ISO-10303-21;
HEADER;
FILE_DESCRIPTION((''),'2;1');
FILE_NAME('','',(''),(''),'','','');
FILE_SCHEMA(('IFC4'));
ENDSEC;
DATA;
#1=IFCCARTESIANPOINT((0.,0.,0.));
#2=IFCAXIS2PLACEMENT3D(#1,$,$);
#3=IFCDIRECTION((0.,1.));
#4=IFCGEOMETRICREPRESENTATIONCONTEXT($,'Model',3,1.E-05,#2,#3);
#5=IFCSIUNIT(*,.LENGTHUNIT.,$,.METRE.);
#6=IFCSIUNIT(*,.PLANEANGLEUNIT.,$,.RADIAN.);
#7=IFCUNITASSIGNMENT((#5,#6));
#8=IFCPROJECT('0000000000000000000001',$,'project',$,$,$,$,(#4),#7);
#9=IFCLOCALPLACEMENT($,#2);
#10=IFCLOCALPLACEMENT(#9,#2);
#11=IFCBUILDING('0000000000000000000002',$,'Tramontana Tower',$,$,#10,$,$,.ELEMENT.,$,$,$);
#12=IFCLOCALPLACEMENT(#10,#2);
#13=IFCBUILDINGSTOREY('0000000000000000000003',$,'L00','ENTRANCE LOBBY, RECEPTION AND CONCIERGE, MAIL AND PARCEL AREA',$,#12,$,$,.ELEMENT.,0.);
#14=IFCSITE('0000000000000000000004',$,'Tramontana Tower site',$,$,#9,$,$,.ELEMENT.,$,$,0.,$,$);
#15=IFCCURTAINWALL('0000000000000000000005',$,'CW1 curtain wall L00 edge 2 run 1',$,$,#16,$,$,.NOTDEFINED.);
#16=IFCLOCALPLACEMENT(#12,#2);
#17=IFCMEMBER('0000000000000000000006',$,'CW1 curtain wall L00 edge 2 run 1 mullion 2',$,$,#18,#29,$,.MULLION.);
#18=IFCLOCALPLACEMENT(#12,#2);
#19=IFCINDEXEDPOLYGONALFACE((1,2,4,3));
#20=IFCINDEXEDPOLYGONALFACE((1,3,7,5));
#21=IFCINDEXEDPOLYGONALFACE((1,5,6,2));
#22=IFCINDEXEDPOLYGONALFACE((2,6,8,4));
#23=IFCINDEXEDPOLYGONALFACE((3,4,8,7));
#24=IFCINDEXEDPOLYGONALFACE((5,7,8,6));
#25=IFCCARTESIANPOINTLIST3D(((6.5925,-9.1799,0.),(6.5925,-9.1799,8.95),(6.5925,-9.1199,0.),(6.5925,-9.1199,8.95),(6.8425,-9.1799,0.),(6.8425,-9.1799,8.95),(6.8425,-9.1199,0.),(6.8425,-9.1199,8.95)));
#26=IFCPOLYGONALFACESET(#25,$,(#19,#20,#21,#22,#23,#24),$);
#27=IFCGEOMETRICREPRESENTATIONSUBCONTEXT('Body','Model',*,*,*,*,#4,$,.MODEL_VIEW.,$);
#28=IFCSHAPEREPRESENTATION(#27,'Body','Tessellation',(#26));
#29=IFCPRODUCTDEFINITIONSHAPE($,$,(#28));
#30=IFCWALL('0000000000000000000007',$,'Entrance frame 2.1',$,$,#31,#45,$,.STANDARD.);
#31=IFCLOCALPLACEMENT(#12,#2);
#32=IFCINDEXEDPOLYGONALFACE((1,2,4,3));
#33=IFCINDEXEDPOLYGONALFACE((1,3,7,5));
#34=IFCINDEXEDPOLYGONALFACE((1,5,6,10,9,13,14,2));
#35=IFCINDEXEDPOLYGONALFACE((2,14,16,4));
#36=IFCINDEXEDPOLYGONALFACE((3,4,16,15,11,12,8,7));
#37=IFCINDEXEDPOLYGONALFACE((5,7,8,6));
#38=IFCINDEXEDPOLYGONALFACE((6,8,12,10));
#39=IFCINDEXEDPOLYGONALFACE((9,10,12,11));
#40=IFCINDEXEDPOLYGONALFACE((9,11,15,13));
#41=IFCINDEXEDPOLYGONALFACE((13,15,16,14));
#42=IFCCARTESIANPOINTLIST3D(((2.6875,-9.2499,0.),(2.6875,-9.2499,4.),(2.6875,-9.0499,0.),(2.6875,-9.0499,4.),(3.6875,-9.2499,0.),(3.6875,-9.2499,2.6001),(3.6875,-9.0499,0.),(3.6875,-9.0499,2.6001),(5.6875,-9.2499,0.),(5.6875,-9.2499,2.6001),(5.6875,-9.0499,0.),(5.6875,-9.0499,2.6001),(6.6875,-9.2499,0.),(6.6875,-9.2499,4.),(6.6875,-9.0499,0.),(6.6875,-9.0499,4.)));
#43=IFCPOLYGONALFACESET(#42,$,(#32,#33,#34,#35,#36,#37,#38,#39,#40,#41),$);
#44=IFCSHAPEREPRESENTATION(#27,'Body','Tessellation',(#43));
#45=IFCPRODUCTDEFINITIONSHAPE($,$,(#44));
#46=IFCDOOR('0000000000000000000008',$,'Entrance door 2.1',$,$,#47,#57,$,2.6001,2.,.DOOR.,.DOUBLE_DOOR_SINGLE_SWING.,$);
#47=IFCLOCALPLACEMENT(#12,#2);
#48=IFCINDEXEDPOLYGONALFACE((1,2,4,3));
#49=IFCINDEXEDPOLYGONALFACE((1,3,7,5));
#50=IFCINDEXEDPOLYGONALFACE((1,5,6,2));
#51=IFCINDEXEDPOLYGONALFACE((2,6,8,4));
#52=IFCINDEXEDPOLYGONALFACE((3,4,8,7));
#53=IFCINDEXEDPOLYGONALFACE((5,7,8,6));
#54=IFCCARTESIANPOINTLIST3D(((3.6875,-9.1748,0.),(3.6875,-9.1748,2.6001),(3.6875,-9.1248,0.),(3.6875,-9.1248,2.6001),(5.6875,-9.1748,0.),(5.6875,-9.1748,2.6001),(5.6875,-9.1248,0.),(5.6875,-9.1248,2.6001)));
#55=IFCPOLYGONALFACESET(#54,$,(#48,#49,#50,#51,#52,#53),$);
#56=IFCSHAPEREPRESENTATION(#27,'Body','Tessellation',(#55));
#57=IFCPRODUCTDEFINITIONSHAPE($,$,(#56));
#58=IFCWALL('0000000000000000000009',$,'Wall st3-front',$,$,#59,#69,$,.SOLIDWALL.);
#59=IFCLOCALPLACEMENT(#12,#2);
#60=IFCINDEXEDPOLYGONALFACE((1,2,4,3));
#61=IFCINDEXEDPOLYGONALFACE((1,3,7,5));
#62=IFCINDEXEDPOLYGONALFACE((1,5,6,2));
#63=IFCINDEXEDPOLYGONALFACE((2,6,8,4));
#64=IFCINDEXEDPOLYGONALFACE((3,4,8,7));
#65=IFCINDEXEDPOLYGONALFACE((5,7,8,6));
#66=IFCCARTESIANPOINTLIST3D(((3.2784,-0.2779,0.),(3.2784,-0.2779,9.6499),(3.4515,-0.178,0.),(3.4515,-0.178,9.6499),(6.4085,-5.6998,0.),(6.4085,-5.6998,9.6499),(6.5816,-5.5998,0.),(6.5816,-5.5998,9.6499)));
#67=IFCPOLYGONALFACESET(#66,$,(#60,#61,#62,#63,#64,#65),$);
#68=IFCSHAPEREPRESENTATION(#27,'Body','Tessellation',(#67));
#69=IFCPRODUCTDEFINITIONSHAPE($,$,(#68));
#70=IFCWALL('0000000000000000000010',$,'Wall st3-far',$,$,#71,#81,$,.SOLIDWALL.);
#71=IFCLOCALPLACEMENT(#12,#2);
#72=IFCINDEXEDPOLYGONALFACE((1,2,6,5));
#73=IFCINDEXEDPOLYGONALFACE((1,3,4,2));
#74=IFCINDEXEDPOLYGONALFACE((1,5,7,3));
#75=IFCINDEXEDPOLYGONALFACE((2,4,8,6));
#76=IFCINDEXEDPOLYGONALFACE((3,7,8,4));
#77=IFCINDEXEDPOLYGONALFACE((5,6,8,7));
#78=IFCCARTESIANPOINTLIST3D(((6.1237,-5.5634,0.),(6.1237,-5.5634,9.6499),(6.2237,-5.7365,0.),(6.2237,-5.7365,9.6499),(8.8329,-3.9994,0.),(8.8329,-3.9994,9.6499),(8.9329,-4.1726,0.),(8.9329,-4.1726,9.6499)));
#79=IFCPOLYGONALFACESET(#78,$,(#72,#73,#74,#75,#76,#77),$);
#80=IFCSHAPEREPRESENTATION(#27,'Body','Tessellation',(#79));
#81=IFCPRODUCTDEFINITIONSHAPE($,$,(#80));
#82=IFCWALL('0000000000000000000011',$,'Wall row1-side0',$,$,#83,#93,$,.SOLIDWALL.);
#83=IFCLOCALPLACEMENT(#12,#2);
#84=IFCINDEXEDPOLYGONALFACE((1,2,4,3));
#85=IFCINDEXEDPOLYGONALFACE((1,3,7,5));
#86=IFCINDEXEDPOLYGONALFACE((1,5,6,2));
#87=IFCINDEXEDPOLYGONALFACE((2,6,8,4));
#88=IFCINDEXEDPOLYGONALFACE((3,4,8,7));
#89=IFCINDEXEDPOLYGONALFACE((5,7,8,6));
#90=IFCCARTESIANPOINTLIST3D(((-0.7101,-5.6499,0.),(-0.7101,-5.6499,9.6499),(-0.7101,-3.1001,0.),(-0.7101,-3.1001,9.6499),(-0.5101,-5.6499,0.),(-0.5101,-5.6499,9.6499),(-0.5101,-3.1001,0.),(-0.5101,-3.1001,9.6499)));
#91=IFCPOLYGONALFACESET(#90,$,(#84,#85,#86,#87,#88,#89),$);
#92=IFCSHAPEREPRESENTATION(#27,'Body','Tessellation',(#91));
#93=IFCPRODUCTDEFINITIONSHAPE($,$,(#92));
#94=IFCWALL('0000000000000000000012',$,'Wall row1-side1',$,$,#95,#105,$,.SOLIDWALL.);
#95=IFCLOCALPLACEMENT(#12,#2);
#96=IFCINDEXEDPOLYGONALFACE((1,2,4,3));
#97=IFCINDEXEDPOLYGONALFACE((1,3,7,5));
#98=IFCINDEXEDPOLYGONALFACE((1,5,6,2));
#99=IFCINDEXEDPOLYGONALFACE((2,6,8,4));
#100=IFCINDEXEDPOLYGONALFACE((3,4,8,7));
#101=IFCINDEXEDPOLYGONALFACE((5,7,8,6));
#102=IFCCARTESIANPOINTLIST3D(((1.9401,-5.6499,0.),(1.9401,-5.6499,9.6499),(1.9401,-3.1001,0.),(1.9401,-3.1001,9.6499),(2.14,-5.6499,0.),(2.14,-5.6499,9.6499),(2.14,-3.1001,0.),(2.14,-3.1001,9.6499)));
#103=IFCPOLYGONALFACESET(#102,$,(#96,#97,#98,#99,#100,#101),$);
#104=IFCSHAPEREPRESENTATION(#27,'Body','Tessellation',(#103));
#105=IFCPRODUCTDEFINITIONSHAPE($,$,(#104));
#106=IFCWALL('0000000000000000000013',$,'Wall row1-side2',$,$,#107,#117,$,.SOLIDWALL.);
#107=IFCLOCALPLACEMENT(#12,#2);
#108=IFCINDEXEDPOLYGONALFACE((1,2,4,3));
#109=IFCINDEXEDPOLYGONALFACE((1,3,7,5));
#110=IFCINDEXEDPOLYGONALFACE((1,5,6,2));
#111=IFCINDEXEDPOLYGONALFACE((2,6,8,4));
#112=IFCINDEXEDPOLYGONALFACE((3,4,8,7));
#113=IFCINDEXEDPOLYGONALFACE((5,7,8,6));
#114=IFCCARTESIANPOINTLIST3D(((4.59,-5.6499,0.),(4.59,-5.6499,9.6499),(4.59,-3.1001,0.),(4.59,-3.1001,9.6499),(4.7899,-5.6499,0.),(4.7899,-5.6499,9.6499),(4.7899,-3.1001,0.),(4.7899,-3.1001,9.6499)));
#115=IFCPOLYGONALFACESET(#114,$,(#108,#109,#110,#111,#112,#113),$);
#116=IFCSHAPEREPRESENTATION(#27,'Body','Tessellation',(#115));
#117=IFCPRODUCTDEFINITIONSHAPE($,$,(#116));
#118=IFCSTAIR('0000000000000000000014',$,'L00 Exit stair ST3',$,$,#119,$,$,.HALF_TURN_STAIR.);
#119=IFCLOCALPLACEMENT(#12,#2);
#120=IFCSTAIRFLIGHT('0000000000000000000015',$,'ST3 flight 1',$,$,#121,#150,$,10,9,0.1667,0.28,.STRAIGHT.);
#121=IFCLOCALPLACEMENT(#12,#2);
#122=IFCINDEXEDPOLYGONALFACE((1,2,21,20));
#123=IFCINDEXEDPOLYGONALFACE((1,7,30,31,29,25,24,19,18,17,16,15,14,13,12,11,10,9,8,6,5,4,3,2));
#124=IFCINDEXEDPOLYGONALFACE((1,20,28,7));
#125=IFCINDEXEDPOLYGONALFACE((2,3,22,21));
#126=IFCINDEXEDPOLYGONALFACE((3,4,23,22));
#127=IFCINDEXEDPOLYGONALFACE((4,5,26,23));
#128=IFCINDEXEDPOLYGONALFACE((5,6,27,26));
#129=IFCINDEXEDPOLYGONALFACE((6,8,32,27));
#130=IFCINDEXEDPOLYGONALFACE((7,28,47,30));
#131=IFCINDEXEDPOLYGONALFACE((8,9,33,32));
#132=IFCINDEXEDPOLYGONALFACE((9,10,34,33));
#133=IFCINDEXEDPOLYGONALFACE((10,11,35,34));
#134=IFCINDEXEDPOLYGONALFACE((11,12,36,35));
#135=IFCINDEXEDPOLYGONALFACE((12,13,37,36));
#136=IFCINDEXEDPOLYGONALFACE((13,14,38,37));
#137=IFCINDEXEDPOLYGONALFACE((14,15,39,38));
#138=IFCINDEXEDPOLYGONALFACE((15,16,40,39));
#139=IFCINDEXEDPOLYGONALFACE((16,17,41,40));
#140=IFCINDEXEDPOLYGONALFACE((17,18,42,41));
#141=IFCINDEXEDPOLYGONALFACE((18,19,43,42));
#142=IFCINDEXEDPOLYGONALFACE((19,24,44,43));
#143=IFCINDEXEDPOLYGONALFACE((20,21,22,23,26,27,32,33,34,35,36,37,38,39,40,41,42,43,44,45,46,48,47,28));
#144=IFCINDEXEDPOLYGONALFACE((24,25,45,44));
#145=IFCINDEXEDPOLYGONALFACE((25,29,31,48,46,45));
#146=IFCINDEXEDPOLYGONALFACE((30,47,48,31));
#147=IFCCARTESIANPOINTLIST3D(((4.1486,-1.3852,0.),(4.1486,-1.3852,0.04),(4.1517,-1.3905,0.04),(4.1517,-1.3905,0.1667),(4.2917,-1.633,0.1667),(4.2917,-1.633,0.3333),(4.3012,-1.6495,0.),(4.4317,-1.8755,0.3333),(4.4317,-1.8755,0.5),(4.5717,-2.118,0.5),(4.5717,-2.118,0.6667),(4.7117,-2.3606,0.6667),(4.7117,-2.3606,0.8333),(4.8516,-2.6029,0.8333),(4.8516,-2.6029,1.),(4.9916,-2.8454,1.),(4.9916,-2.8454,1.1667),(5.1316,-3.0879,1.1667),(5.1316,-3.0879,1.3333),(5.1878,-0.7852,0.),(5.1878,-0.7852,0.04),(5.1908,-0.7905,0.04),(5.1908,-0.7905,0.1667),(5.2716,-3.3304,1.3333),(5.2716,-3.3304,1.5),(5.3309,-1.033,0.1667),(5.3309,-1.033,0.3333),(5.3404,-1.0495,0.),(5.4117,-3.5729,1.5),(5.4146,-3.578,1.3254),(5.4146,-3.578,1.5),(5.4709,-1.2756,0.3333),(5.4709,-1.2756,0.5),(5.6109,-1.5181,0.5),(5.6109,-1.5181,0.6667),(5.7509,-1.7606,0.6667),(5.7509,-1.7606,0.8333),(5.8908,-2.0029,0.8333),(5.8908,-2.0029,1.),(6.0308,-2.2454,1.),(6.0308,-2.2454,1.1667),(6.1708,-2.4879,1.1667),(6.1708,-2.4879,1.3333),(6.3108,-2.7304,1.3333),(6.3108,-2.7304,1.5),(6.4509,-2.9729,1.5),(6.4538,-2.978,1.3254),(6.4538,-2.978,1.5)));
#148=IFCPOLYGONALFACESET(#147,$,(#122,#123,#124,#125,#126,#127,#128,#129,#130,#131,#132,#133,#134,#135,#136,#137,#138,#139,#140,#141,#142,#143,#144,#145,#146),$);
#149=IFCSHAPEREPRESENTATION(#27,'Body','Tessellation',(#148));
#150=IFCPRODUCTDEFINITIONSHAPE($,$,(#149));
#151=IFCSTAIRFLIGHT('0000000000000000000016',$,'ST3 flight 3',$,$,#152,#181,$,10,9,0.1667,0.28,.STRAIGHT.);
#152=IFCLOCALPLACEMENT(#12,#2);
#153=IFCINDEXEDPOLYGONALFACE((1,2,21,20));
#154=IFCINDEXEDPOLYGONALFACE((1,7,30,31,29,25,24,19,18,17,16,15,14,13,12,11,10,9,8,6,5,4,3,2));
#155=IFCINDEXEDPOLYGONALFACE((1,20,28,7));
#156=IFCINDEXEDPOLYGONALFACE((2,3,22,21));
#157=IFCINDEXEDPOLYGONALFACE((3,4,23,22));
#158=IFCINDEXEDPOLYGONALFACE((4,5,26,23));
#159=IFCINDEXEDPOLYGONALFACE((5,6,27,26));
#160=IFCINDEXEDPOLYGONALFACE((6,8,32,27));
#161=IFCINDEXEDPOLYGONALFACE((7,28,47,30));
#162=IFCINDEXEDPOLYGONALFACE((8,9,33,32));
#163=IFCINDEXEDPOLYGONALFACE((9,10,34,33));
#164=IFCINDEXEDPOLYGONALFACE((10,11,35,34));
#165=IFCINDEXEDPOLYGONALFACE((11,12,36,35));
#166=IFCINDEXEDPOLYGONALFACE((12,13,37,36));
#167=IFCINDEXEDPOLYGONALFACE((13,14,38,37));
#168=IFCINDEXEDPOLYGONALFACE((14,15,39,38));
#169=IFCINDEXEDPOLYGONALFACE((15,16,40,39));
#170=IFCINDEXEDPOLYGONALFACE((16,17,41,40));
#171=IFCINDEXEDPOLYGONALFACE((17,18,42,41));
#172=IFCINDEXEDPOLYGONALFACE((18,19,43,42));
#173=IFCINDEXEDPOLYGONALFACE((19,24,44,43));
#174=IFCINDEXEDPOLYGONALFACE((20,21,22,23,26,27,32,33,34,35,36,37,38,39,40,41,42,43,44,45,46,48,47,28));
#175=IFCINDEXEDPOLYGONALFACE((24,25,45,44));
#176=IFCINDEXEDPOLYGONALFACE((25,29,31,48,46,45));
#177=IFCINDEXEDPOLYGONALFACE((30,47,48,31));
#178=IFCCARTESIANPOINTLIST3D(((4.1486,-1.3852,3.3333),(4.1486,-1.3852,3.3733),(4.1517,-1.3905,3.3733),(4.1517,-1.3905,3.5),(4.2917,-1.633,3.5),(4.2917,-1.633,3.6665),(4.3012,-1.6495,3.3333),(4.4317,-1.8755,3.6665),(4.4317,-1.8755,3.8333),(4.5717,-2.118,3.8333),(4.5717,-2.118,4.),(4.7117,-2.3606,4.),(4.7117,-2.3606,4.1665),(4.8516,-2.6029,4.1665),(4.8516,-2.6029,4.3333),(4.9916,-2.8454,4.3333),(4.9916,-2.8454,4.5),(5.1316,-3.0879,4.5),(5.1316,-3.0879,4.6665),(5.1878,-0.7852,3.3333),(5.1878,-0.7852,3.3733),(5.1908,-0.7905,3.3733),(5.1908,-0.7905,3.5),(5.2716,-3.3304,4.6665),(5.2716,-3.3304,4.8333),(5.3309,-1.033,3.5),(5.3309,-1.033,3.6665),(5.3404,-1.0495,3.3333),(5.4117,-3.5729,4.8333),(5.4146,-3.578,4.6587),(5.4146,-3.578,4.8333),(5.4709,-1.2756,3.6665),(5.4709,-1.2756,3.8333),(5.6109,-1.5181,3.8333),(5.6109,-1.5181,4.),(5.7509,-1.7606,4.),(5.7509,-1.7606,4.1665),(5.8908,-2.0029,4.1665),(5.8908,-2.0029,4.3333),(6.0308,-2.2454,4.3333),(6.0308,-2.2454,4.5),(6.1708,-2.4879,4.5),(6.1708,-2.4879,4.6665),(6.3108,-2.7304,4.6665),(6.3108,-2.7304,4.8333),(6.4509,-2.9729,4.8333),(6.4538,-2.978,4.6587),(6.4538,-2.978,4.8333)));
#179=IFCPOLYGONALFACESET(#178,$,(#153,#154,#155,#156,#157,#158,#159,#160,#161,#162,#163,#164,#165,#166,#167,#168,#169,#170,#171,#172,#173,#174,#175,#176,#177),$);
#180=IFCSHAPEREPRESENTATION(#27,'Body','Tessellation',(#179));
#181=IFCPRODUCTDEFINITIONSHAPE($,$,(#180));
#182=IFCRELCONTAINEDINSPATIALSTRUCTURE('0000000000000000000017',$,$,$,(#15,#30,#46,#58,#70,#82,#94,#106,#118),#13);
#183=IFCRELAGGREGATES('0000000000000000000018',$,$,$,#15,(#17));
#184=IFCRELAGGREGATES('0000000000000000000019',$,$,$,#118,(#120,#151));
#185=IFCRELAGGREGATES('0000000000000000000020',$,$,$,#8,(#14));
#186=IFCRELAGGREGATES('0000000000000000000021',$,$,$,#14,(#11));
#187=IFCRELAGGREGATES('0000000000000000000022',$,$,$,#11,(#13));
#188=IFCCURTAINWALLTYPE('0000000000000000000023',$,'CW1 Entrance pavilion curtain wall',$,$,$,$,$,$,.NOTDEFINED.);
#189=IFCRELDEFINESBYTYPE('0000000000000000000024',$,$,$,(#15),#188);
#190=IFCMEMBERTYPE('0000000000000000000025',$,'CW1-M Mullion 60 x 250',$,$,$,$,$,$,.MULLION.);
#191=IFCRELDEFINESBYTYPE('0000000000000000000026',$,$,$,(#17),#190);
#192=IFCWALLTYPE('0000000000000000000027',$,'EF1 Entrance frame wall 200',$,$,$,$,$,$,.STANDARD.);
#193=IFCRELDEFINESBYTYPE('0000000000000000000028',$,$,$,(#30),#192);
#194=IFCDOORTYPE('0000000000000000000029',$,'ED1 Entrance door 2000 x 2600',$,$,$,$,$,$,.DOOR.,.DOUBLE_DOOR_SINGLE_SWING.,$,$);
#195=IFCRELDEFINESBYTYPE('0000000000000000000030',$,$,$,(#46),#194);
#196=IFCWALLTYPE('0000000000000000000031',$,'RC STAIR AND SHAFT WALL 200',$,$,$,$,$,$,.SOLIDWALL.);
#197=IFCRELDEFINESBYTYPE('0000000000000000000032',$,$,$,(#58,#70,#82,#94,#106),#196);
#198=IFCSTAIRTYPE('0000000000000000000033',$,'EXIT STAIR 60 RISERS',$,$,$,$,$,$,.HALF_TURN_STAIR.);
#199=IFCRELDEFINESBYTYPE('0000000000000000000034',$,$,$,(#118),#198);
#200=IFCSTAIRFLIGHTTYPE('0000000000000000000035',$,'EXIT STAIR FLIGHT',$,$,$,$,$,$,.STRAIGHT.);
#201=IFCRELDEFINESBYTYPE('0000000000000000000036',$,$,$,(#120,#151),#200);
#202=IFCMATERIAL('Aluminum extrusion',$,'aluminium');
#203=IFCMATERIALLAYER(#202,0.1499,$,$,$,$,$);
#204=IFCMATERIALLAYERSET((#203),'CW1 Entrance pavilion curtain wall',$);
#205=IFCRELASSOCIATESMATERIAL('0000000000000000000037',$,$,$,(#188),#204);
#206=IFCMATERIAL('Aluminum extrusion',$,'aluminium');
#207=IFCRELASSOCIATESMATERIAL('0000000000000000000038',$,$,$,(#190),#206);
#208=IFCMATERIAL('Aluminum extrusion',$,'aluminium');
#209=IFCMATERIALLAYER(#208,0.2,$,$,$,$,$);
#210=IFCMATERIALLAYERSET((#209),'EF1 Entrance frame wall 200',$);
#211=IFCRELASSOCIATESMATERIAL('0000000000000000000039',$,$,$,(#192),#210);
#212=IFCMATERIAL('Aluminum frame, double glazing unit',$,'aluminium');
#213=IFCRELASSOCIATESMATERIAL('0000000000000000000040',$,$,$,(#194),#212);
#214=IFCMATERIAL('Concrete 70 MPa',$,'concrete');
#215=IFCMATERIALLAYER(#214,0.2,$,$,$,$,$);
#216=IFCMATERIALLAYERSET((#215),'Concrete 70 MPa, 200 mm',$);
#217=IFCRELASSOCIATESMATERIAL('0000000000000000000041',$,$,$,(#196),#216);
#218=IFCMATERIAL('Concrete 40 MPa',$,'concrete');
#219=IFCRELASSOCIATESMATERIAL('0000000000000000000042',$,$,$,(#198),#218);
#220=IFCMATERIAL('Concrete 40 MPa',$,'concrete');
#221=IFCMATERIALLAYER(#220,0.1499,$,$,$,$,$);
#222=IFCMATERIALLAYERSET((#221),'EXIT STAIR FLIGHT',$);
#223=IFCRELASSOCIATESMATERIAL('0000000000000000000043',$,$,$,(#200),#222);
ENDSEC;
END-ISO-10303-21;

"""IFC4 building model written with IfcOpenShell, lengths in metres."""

from ifc_helpers import new_model, si_unit, direction, frame, frame_2d, origin, origin_2d, place, context, subcontext, project, spatial, polyline, rectangle, outline, extrude, material, layer, layer_set, material_profile, profile_set, type_object, element, fill, aggregate, save


model = new_model("IFC4")

# Units and contexts
model_context = context("Model", 3, precision=1e-05, world=origin(), true_north=direction((0.0, 1.0)))
body_context = subcontext(model_context, "Body", "Model", "MODEL_VIEW")
ifc_project = project(units=[si_unit("LENGTHUNIT", "METRE"), si_unit("PLANEANGLEUNIT", "RADIAN")], contexts=[model_context])

# Site, building, storey
site_placement = place(None, origin())
site = spatial("IfcSite", under=ifc_project, at=site_placement, Name="Tramontana Tower site", CompositionType="ELEMENT", RefElevation=0.0)
building_placement = place(site_placement, origin())
building = spatial("IfcBuilding", under=site, at=building_placement, Name="Tramontana Tower", CompositionType="ELEMENT")
storey_placement = place(building_placement, origin())
storey = spatial("IfcBuildingStorey", under=building, at=storey_placement, Name="L00", Description="ENTRANCE LOBBY, RECEPTION AND CONCIERGE, MAIL AND PARCEL AREA", CompositionType="ELEMENT", Elevation=0.0)

# Curtain wall, member
ifc_material_1 = material(Name="Aluminum extrusion", Category="aluminium")
ifc_layer_1 = layer(ifc_material_1, 0.1499)
ifc_layer_set_1 = layer_set([ifc_layer_1], Name="CW1 Entrance pavilion curtain wall")
curtain_wall_type = type_object("IfcCurtainWallType", Name="CW1 Entrance pavilion curtain wall", PredefinedType="NOTDEFINED", material=ifc_layer_set_1)
curtain_wall_placement = place(storey_placement, origin())
curtain_wall = element("IfcCurtainWall", 1, at=curtain_wall_placement, inside=storey, type_object=curtain_wall_type, Name="CW1 curtain wall L00 edge 2 run 1", PredefinedType="NOTDEFINED")
ifc_material_2 = material(Name="Aluminum extrusion", Category="aluminium")
ifc_material_profile = material_profile(ifc_material_2, rectangle(XDim=0.0601, YDim=0.25, at=origin_2d()), Name="CW1-M Mullion 60 x 250")
ifc_profile_set = profile_set([ifc_material_profile], Name="Aluminum extrusion")
member_type = type_object("IfcMemberType", Name="CW1-M Mullion 60 x 250", PredefinedType="MULLION", material=ifc_profile_set)
member_placement = place(storey_placement, frame((6.7175, -9.1499, 0.0), z_axis=(0.0, 0.0, 1.0), x_axis=(0.0, -1.0, 0.0)))
member = element("IfcMember", 2, at=member_placement, type_object=member_type, Name="CW1 curtain wall L00 edge 2 run 1 mullion 2", PredefinedType="MULLION", context=body_context, shape_type="SweptSolid", body=[
    extrude(rectangle(XDim=0.0601, YDim=0.25, at=origin_2d()), origin(), (0.0, 0.0, 1.0), 8.95),
])
aggregate(curtain_wall, [member])

# Wall, opening, door
ifc_material_3 = material(Name="Aluminum extrusion", Category="aluminium")
ifc_layer_2 = layer(ifc_material_3, 0.2)
ifc_layer_set_2 = layer_set([ifc_layer_2], Name="EF1 Entrance frame wall 200")
wall_type_1 = type_object("IfcWallType", Name="EF1 Entrance frame wall 200", PredefinedType="STANDARD", material=ifc_layer_set_2)
wall_1_placement = place(storey_placement, frame((6.6875, -9.1499, 0.0), z_axis=(0.0, 0.0, 1.0), x_axis=(-1.0, 0.0, 0.0)))
wall_1 = element("IfcWall", 3, at=wall_1_placement, inside=storey, type_object=wall_type_1, Name="Entrance frame 2.1", PredefinedType="STANDARD", context=body_context, shape_type="SweptSolid", body=[
    extrude(rectangle(XDim=4.0, YDim=0.2, at=frame_2d((2.0, 0.0))), origin(), (0.0, 0.0, 1.0), 4.0),
])
opening_placement = place(wall_1_placement, frame((1.0, 0.0, 0.0)))
opening = element("IfcOpeningElement", 4, at=opening_placement, cuts=wall_1, PredefinedType="OPENING", context=body_context, shape_type="SweptSolid", body=[
    extrude(rectangle(XDim=2.0, YDim=2.6001, at=frame_2d((1.0, 1.3))), frame((0.0, 0.1099, 0.0), z_axis=(0.0, -1.0, 0.0), x_axis=(1.0, 0.0, 0.0)), (0.0, 0.0, 1.0), 0.22),
])
ifc_material_4 = material(Name="Aluminum frame, double glazing unit", Category="aluminium")
door_type = type_object("IfcDoorType", Name="ED1 Entrance door 2000 x 2600", OperationType="DOUBLE_DOOR_SINGLE_SWING", PredefinedType="DOOR", material=ifc_material_4)
door_placement = place(opening_placement, origin())
door = element("IfcDoor", 5, at=door_placement, inside=storey, type_object=door_type, Name="Entrance door 2.1", OperationType="DOUBLE_DOOR_SINGLE_SWING", OverallHeight=2.6001, OverallWidth=2.0, PredefinedType="DOOR", context=body_context, shape_type="SweptSolid", body=[
    extrude(rectangle(XDim=2.0, YDim=2.6001, at=frame_2d((1.0, 1.3))), frame((0.0, 0.0249, 0.0), z_axis=(0.0, -1.0, 0.0), x_axis=(1.0, 0.0, 0.0)), (0.0, 0.0, 1.0), 0.05),
])
fill(opening, door)

# Walls
ifc_material_5 = material(Name="Concrete 70 MPa", Category="concrete")
ifc_layer_3 = layer(ifc_material_5, 0.2)
ifc_layer_set_3 = layer_set([ifc_layer_3], Name="Concrete 70 MPa, 200 mm")
wall_type_2 = type_object("IfcWallType", Name="RC STAIR AND SHAFT WALL 200", PredefinedType="SOLIDWALL", material=ifc_layer_set_3)
wall_2_placement = place(storey_placement, frame((6.4951, -5.6499, 0.0), z_axis=(0.0, 0.0, 1.0), x_axis=(-0.499977, 0.866039, 0.0)))
element("IfcWall", 6, at=wall_2_placement, inside=storey, type_object=wall_type_2, Name="Wall st3-front", PredefinedType="SOLIDWALL", context=body_context, shape_type="SweptSolid", body=[
    extrude(rectangle(XDim=6.2605, YDim=0.2, at=frame_2d((3.1304, 0.0))), origin(), (0.0, 0.0, 1.0), 9.6499),
])
wall_3_placement = place(storey_placement, frame((6.1738, -5.6499, 0.0), z_axis=(0.0, 0.0, 1.0), x_axis=(0.866054, 0.49995, 0.0)))
element("IfcWall", 7, at=wall_3_placement, inside=storey, type_object=wall_type_2, Name="Wall st3-far", PredefinedType="SOLIDWALL", context=body_context, shape_type="SweptSolid", body=[
    extrude(rectangle(XDim=3.1282, YDim=0.2, at=frame_2d((1.564, 0.0))), origin(), (0.0, 0.0, 1.0), 9.6499),
])
for number, where, z_axis, x_axis, name in (
    (8, (-0.6101, -3.1001, 0.0), (0.0, 0.0, 1.0), (0.0, -1.0, 0.0), "Wall row1-side0"),
    (9, (2.04, -3.1001, 0.0), (0.0, 0.0, 1.0), (0.0, -1.0, 0.0), "Wall row1-side1"),
    (10, (4.6899, -3.1001, 0.0), (0.0, 0.0, 1.0), (0.0, -1.0, 0.0), "Wall row1-side2"),
):
    element("IfcWall", number, at=place(storey_placement, frame(where, z_axis=z_axis, x_axis=x_axis)), inside=storey, type_object=wall_type_2, Name=name, PredefinedType="SOLIDWALL", context=body_context, shape_type="SweptSolid", body=[
        extrude(rectangle(XDim=2.5498, YDim=0.2, at=frame_2d((1.2749, 0.0))), origin(), (0.0, 0.0, 1.0), 9.6499),
    ])

# Stair, stair flights
ifc_material_6 = material(Name="Concrete 40 MPa", Category="concrete")
stair_type = type_object("IfcStairType", Name="EXIT STAIR 60 RISERS", PredefinedType="HALF_TURN_STAIR", material=ifc_material_6)
stair_placement = place(storey_placement, origin())
stair = element("IfcStair", 11, at=stair_placement, inside=storey, type_object=stair_type, Name="L00 Exit stair ST3", PredefinedType="HALF_TURN_STAIR")
ifc_material_7 = material(Name="Concrete 40 MPa", Category="concrete")
ifc_layer_4 = layer(ifc_material_7, 0.1499)
ifc_layer_set_4 = layer_set([ifc_layer_4], Name="EXIT STAIR FLIGHT")
stair_flight_type = type_object("IfcStairFlightType", Name="EXIT STAIR FLIGHT", PredefinedType="STRAIGHT", material=ifc_layer_set_4)
stair_flight_1_placement = place(storey_placement, frame((4.6711, -1.0906, 0.0), z_axis=(0.0, 0.0, 1.0), x_axis=(0.5, -0.866025, 0.0)))
stair_flight_1 = element("IfcStairFlight", 12, at=stair_flight_1_placement, type_object=stair_flight_type, Name="ST3 flight 1", NumberOfRisers=10, NumberOfTreads=9, PredefinedType="STRAIGHT", RiserHeight=0.1667, TreadLength=0.28, context=body_context, shape_type="SweptSolid", body=[
    extrude(outline(polyline([(-0.0061, 0.0), (-0.0061, 0.04), (0.0, 0.04), (0.0, 0.1667), (0.28, 0.1667), (0.28, 0.3333), (0.5601, 0.3333), (0.5601, 0.5), (0.8401, 0.5), (0.8401, 0.6667), (1.1201, 0.6667), (1.1201, 0.8333), (1.3999, 0.8333), (1.3999, 1.0), (1.6799, 1.0), (1.6799, 1.1667), (1.96, 1.1667), (1.96, 1.3333), (2.24, 1.3333), (2.24, 1.5), (2.52, 1.5), (2.5259, 1.5), (2.5259, 1.3254), (0.2991, 0.0), (-0.0061, 0.0)])), frame((0.0, 0.6001, 0.0), z_axis=(0.0, -1.0, 0.0), x_axis=(1.0, 0.0, 0.0)), (0.0, 0.0, 1.0), 1.2),
])
stair_flight_2_placement = place(storey_placement, frame((4.6711, -1.0906, 3.3333), z_axis=(0.0, 0.0, 1.0), x_axis=(0.5, -0.866025, 0.0)))
stair_flight_2 = element("IfcStairFlight", 13, at=stair_flight_2_placement, type_object=stair_flight_type, Name="ST3 flight 3", NumberOfRisers=10, NumberOfTreads=9, PredefinedType="STRAIGHT", RiserHeight=0.1667, TreadLength=0.28, context=body_context, shape_type="SweptSolid", body=[
    extrude(outline(polyline([(-0.0061, 0.0), (-0.0061, 0.04), (0.0, 0.04), (0.0, 0.1667), (0.28, 0.1667), (0.28, 0.3333), (0.5601, 0.3333), (0.5601, 0.5), (0.8401, 0.5), (0.8401, 0.6667), (1.1201, 0.6667), (1.1201, 0.8333), (1.3999, 0.8333), (1.3999, 1.0), (1.6799, 1.0), (1.6799, 1.1667), (1.96, 1.1667), (1.96, 1.3333), (2.24, 1.3333), (2.24, 1.5), (2.52, 1.5), (2.5259, 1.5), (2.5259, 1.3254), (0.2991, 0.0), (-0.0061, 0.0)])), frame((0.0, 0.6001, 0.0), z_axis=(0.0, -1.0, 0.0), x_axis=(1.0, 0.0, 0.0)), (0.0, 0.0, 1.0), 1.2),
])
aggregate(stair, [stair_flight_1, stair_flight_2])

save(model, "model.ifc")
